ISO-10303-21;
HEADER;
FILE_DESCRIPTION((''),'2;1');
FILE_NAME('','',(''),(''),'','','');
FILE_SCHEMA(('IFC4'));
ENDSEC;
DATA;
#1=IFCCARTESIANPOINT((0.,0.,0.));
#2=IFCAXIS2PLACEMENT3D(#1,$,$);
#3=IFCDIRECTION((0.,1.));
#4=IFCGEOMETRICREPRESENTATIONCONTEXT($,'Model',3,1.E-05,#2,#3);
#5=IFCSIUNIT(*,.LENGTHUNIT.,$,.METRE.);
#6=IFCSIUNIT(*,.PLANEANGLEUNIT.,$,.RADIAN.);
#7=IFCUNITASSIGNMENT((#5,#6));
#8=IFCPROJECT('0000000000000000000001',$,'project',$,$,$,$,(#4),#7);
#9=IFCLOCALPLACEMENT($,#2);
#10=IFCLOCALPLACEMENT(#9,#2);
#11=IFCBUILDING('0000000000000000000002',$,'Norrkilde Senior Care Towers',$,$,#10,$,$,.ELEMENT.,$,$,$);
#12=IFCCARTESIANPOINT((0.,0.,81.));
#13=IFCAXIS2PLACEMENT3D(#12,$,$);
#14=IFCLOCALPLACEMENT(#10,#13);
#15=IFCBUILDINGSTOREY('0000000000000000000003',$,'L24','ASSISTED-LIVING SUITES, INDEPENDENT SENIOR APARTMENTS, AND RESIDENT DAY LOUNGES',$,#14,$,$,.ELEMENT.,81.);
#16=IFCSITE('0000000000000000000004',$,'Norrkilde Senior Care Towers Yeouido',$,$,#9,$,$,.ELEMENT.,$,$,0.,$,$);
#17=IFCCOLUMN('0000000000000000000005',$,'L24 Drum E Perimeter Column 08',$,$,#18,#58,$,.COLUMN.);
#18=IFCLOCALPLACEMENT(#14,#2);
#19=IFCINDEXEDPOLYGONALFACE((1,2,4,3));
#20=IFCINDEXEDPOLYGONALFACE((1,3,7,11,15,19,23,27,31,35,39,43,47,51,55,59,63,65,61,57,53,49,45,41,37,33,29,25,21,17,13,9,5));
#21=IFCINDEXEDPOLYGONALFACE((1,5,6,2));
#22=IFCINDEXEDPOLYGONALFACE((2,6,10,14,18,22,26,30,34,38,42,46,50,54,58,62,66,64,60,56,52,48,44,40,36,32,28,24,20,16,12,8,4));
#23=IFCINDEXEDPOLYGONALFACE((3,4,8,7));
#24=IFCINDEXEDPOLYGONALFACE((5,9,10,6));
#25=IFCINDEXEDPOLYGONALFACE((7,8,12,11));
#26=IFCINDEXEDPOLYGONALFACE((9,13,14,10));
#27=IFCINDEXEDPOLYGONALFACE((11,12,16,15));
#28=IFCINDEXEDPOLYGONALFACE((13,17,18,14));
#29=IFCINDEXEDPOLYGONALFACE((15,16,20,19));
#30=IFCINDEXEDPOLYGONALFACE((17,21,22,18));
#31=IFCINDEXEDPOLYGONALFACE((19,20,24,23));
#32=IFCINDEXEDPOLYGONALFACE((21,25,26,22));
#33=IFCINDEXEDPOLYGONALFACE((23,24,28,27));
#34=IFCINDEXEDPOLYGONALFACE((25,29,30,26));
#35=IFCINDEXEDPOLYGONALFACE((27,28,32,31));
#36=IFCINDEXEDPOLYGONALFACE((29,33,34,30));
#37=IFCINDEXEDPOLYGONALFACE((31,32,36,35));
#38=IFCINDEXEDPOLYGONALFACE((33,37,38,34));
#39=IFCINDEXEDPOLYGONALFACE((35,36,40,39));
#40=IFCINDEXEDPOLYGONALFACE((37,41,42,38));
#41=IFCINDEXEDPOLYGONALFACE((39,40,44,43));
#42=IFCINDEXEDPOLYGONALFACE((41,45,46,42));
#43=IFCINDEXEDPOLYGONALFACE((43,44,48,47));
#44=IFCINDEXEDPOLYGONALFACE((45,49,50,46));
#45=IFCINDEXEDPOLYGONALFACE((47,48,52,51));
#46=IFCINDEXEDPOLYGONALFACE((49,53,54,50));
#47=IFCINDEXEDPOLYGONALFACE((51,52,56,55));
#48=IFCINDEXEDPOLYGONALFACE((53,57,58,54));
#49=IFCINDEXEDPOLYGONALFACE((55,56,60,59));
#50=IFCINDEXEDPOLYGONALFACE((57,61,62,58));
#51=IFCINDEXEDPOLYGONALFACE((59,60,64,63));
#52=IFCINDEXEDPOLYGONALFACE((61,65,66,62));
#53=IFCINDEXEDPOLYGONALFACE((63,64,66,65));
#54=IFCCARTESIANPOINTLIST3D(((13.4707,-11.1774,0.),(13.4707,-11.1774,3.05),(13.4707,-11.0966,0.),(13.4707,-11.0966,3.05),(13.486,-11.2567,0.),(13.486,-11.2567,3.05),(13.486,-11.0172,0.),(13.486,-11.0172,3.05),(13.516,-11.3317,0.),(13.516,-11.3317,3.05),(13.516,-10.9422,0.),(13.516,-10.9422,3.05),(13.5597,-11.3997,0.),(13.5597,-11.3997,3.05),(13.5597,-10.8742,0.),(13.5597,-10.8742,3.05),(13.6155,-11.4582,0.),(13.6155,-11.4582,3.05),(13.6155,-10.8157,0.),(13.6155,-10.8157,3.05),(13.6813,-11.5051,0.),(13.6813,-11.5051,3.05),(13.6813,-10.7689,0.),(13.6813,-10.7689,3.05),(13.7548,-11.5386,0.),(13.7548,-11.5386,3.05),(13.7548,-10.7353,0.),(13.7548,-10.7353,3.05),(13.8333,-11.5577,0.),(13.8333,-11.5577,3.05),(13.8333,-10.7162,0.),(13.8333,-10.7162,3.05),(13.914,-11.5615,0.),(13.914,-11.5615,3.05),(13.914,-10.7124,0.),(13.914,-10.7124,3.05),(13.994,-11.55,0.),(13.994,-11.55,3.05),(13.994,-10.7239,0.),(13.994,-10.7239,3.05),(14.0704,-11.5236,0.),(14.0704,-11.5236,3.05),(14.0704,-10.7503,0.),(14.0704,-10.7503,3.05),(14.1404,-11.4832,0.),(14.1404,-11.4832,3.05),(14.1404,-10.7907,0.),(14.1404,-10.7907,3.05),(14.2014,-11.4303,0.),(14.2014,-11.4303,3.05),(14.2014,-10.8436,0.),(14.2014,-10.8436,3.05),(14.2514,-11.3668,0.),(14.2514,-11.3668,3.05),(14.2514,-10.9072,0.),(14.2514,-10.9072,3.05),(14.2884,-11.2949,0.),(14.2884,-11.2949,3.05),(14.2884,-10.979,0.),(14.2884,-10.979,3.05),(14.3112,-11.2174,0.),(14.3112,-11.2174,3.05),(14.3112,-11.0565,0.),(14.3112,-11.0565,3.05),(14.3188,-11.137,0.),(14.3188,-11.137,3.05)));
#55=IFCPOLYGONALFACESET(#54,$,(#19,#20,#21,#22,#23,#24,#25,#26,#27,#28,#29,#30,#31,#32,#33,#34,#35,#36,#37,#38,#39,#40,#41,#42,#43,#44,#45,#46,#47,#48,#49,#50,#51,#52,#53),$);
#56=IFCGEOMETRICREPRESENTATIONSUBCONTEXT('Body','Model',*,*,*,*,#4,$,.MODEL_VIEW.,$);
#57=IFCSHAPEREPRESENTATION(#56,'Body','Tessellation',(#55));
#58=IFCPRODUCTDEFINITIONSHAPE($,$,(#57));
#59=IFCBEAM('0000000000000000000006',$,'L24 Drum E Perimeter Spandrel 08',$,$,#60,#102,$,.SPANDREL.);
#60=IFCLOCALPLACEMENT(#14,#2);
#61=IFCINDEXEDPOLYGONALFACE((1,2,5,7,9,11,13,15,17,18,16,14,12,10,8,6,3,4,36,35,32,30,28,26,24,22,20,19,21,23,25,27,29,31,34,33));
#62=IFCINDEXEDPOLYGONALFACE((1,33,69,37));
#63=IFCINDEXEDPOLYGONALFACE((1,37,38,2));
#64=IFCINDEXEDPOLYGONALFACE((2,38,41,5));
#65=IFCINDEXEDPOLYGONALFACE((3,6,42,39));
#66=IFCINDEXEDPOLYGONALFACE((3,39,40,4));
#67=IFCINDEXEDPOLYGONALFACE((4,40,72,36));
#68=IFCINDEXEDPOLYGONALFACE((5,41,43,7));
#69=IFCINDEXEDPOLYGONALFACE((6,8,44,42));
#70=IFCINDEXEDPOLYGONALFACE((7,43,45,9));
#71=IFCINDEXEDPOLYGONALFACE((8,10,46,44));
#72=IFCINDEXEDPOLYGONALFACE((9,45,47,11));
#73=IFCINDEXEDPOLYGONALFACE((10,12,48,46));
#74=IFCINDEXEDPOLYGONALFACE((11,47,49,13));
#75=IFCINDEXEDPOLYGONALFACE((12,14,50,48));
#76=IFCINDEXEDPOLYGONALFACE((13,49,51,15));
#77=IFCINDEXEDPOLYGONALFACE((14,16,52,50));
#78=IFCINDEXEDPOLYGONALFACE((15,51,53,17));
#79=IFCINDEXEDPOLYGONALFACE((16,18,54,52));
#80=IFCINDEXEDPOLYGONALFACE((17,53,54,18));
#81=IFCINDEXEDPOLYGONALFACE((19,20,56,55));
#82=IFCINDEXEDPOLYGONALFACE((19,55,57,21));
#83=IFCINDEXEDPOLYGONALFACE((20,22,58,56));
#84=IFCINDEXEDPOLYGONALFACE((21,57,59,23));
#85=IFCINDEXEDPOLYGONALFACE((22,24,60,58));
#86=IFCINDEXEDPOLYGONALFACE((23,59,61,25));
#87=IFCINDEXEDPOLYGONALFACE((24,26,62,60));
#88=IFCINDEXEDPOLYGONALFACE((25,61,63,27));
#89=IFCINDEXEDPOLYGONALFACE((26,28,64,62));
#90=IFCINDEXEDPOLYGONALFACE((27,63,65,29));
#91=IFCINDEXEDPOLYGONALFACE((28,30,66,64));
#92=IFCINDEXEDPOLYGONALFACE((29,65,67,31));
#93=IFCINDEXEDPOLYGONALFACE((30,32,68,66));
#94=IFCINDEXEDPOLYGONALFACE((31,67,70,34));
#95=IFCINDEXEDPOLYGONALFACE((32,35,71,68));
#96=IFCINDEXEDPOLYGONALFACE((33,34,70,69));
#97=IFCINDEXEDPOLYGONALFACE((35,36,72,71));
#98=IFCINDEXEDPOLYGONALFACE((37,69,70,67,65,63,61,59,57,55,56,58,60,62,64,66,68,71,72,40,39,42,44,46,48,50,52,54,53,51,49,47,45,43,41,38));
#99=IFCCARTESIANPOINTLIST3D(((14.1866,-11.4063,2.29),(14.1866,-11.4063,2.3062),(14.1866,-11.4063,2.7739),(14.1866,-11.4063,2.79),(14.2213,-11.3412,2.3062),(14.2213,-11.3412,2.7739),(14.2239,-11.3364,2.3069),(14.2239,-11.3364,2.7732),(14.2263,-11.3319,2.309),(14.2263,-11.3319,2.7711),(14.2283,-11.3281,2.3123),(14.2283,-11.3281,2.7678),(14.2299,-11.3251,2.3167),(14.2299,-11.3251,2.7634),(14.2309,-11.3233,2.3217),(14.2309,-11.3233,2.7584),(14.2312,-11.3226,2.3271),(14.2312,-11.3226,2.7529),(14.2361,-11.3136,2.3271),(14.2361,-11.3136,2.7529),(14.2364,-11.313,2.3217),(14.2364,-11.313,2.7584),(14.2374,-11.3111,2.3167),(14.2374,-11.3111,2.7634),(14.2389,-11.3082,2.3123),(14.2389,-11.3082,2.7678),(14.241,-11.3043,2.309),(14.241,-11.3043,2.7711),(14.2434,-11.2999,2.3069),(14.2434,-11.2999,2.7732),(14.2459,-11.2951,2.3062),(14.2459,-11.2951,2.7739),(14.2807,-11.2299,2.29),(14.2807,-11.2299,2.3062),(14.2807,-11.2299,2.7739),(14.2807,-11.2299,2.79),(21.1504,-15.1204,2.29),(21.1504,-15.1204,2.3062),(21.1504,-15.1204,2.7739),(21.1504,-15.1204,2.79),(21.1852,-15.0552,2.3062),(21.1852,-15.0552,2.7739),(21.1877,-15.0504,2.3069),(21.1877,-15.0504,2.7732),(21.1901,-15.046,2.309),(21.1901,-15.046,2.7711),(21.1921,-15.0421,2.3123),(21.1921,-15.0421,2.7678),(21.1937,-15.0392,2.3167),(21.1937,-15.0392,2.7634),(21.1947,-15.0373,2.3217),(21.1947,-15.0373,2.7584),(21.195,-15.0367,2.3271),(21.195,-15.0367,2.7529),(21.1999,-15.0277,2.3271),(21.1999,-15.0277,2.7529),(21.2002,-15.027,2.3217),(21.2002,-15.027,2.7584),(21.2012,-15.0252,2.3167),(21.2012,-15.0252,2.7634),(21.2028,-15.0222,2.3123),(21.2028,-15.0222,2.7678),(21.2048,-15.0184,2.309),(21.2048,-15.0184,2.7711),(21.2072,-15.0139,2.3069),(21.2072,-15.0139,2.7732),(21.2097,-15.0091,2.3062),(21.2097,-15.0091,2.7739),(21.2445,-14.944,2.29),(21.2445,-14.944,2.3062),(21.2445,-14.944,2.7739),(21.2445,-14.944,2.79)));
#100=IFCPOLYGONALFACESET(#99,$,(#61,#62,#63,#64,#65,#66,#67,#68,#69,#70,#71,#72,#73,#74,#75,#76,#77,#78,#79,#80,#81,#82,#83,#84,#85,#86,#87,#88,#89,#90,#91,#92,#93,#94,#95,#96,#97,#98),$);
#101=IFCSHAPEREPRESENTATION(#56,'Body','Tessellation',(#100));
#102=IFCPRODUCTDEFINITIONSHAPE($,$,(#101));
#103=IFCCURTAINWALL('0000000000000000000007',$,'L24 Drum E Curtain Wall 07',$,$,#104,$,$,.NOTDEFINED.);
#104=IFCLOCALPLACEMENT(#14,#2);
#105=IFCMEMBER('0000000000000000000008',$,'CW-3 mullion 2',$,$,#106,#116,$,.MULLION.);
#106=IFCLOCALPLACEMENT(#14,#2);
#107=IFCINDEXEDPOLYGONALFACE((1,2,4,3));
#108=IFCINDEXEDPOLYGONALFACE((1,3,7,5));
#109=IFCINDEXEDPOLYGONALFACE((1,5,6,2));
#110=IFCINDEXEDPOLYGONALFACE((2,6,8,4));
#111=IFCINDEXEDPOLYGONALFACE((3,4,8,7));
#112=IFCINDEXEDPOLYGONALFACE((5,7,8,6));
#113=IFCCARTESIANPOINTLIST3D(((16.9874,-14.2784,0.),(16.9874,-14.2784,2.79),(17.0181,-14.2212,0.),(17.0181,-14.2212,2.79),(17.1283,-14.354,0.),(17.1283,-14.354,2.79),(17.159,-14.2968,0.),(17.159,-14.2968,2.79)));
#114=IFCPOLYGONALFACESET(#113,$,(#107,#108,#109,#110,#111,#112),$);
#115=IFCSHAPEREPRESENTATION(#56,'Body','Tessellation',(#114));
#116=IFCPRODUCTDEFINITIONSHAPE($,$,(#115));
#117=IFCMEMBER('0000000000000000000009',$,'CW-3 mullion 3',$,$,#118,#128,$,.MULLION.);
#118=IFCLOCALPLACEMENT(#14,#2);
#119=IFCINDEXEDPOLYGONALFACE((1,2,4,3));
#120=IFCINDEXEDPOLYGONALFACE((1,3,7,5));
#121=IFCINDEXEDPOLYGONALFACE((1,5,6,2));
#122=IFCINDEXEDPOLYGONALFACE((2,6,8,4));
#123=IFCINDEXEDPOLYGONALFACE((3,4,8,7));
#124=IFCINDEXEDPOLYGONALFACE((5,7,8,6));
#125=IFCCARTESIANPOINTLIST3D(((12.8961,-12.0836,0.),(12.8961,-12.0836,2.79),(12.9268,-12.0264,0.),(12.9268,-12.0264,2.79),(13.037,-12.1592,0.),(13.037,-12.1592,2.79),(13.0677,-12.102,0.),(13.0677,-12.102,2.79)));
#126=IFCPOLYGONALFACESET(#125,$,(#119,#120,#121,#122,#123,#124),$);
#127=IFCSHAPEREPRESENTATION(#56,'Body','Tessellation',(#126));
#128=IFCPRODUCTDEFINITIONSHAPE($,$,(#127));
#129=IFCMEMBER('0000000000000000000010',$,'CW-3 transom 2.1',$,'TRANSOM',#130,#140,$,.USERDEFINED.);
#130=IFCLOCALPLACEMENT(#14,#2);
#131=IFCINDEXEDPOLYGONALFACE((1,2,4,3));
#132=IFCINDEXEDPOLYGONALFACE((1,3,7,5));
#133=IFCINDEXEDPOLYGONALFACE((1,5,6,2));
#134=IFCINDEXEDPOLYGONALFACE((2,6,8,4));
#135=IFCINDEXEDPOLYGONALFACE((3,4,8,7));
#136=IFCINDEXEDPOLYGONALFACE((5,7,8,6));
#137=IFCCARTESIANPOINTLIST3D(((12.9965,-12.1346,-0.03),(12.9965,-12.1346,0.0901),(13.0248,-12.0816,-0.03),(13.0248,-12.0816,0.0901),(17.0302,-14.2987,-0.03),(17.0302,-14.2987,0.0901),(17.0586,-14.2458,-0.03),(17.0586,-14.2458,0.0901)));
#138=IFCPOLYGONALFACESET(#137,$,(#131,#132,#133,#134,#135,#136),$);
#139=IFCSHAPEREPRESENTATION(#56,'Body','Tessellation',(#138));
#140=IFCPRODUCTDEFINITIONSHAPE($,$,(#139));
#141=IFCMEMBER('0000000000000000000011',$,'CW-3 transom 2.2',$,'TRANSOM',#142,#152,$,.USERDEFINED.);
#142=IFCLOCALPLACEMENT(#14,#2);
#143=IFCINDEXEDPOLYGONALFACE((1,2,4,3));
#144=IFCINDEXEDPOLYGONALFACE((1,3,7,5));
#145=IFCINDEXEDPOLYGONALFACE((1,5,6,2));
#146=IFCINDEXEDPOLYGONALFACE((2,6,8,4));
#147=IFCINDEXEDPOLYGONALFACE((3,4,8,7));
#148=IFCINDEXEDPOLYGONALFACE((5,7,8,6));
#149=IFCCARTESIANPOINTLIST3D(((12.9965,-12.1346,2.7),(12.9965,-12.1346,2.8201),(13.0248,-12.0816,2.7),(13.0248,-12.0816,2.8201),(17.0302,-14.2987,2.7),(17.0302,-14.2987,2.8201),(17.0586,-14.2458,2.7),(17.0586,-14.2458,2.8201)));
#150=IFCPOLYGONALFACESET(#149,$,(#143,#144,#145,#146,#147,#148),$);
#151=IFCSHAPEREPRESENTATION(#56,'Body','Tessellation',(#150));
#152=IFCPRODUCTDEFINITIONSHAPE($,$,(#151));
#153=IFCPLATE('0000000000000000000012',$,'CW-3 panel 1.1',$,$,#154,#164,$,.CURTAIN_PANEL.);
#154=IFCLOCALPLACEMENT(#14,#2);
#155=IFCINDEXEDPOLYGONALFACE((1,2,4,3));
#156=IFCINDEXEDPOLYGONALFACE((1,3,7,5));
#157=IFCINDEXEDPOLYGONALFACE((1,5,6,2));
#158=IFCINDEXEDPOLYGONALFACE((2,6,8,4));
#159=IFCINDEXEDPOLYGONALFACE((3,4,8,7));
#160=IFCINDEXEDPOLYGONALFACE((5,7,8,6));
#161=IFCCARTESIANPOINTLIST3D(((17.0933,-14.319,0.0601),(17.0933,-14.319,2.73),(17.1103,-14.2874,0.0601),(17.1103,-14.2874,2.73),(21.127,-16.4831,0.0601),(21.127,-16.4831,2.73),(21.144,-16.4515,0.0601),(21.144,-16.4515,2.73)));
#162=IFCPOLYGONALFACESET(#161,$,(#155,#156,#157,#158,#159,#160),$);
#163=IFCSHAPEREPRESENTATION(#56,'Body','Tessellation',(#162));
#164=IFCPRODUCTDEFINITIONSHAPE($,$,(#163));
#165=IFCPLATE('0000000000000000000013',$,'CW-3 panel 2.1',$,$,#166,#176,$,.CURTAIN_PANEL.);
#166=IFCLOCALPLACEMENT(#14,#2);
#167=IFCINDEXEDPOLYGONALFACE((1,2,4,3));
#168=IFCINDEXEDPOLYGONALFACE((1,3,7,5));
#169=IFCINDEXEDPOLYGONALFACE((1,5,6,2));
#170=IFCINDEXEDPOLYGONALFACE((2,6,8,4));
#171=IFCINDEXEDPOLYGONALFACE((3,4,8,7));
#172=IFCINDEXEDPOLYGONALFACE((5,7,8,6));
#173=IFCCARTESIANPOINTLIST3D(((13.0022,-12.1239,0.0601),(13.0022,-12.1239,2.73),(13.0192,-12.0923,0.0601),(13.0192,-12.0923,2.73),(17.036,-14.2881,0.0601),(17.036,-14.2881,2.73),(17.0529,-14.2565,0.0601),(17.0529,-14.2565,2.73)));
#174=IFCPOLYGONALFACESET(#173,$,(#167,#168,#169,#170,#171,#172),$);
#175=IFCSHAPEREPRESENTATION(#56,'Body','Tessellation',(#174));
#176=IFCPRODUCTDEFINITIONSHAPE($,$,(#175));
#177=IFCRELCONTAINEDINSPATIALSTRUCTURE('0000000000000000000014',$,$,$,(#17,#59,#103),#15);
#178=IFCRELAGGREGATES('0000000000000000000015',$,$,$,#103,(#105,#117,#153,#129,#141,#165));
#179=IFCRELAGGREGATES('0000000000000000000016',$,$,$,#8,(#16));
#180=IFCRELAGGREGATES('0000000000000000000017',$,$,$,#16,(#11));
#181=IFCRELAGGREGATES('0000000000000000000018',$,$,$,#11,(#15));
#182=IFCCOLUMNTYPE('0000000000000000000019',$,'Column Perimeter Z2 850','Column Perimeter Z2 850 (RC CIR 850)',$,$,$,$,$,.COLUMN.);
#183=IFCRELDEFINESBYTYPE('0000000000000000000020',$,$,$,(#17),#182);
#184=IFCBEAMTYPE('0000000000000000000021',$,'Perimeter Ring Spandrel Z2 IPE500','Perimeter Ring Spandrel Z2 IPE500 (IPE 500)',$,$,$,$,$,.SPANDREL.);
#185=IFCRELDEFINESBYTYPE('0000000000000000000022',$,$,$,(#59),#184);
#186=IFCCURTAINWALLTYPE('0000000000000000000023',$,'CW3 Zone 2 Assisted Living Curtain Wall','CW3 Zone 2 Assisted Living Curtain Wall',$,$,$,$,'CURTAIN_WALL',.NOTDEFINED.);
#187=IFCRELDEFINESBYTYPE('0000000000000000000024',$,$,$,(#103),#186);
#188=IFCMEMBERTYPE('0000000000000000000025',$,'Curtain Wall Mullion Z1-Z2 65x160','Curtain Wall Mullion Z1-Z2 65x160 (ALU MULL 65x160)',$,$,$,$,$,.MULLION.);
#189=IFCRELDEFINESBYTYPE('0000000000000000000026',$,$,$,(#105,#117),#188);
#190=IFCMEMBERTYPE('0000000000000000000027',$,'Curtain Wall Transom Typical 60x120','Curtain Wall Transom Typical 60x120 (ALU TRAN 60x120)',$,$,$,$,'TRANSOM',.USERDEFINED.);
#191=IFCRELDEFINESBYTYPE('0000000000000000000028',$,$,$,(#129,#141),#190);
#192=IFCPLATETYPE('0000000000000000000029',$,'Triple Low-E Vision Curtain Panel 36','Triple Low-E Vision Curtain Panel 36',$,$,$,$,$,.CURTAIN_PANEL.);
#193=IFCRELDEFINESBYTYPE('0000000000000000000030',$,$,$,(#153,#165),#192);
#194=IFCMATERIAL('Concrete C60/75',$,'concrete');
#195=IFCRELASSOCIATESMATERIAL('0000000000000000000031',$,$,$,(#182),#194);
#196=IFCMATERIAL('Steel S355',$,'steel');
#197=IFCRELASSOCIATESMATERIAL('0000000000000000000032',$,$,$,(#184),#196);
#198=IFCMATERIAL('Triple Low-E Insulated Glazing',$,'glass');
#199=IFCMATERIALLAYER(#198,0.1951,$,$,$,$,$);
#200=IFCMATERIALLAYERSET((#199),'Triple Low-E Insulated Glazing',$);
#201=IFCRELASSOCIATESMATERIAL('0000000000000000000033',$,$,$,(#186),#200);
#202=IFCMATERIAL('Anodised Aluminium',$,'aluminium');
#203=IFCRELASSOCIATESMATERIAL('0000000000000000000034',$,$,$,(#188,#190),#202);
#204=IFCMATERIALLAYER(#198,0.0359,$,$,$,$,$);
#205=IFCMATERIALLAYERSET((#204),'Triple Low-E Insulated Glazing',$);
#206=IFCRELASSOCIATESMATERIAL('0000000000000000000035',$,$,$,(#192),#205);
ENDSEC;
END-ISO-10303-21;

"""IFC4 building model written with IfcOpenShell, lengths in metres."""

from ifc_helpers import new_model, si_unit, direction, frame, origin, origin_2d, place, context, subcontext, project, spatial, rectangle, circle, i_section, extrude, source, transform, mapped, material, layer, layer_set, material_profile, profile_set, type_object, type_shapes, element, aggregate, save


model = new_model("IFC4")

# Units and contexts
model_context = context("Model", 3, precision=1e-05, world=origin(), true_north=direction((0.0, 1.0)))
body_context = subcontext(model_context, "Body", "Model", "MODEL_VIEW")
ifc_project = project(units=[si_unit("LENGTHUNIT", "METRE"), si_unit("PLANEANGLEUNIT", "RADIAN")], contexts=[model_context])

# Site, building, storey
site_placement = place(None, origin())
site = spatial("IfcSite", under=ifc_project, at=site_placement, Name="Norrkilde Senior Care Towers Yeouido", CompositionType="ELEMENT", RefElevation=0.0)
building_placement = place(site_placement, origin())
building = spatial("IfcBuilding", under=site, at=building_placement, Name="Norrkilde Senior Care Towers", CompositionType="ELEMENT")
storey_placement = place(building_placement, frame((0.0, 0.0, 81.0)))
storey = spatial("IfcBuildingStorey", under=building, at=storey_placement, Name="L24", Description="ASSISTED-LIVING SUITES, INDEPENDENT SENIOR APARTMENTS, AND RESIDENT DAY LOUNGES", CompositionType="ELEMENT", Elevation=81.0)

# Column
ifc_material_1 = material(Name="Concrete C60/75", Category="concrete")
ifc_material_profile_1 = material_profile(ifc_material_1, circle(Radius=0.425, at=origin_2d()), Name="RC CIR 850")
ifc_profile_set_1 = profile_set([ifc_material_profile_1], Name="Concrete C60/75")
column_type = type_object("IfcColumnType", Name="Column Perimeter Z2 850", Description="Column Perimeter Z2 850 (RC CIR 850)", PredefinedType="COLUMN", material=ifc_profile_set_1)
shared_shape_1 = source(origin(), body_context, "Body", "SweptSolid", [
    extrude(circle(Radius=0.425, at=origin_2d()), origin(), (0.0, 0.0, 1.0), 3.05),
])
type_shapes(column_type, [shared_shape_1])
column_placement = place(storey_placement, frame((13.8938, -11.137, 0.0), z_axis=(0.0, 0.0, 1.0), x_axis=(1.0, 0.0, 0.0)))
element("IfcColumn", 1, at=column_placement, inside=storey, type_object=column_type, Name="L24 Drum E Perimeter Column 08", PredefinedType="COLUMN", context=body_context, shape_type="MappedRepresentation", body=[
    mapped(shared_shape_1, transform((0.0, 0.0, 0.0), x_axis=(1.0, 0.0, 0.0), y_axis=(0.0, 1.0, 0.0), z_axis=(0.0, 0.0, 1.0), scale=1.0)),
])

# Beam
ifc_material_2 = material(Name="Steel S355", Category="steel")
ifc_material_profile_2 = material_profile(ifc_material_2, i_section(OverallWidth=0.2, OverallDepth=0.5, WebThickness=0.0103, FlangeThickness=0.0161, FilletRadius=0.021, at=origin_2d()), Name="IPE 500")
ifc_profile_set_2 = profile_set([ifc_material_profile_2], Name="Steel S355")
beam_type = type_object("IfcBeamType", Name="Perimeter Ring Spandrel Z2 IPE500", Description="Perimeter Ring Spandrel Z2 IPE500 (IPE 500)", PredefinedType="SPANDREL", material=ifc_profile_set_2)
shared_shape_2 = source(origin(), body_context, "Body", "SweptSolid", [
    extrude(i_section(OverallWidth=0.2, OverallDepth=0.5, WebThickness=0.0103, FlangeThickness=0.0161, FilletRadius=0.021, at=origin_2d()), origin(), (0.0, 0.0, 1.0), 7.8923),
])
type_shapes(beam_type, [shared_shape_2])
beam_placement = place(storey_placement, frame((14.2336, -11.3181, 2.54), z_axis=(0.88235, -0.470593, 0.0), x_axis=(0.470593, 0.88235, 0.0)))
element("IfcBeam", 2, at=beam_placement, inside=storey, type_object=beam_type, Name="L24 Drum E Perimeter Spandrel 08", PredefinedType="SPANDREL", context=body_context, shape_type="MappedRepresentation", body=[
    mapped(shared_shape_2, transform((0.0, 0.0, 0.0), x_axis=(1.0, 0.0, 0.0), y_axis=(0.0, 1.0, 0.0), z_axis=(0.0, 0.0, 1.0), scale=1.0)),
])

# Curtain wall, members, plates
ifc_material_3 = material(Name="Triple Low-E Insulated Glazing", Category="glass")
ifc_layer_1 = layer(ifc_material_3, 0.1951)
ifc_layer_set_1 = layer_set([ifc_layer_1], Name="Triple Low-E Insulated Glazing")
curtain_wall_type = type_object("IfcCurtainWallType", Name="CW3 Zone 2 Assisted Living Curtain Wall", Description="CW3 Zone 2 Assisted Living Curtain Wall", ElementType="CURTAIN_WALL", PredefinedType="NOTDEFINED", material=ifc_layer_set_1)
curtain_wall_placement = place(storey_placement, origin())
curtain_wall = element("IfcCurtainWall", 3, at=curtain_wall_placement, inside=storey, type_object=curtain_wall_type, Name="L24 Drum E Curtain Wall 07", PredefinedType="NOTDEFINED")
ifc_material_4 = material(Name="Anodised Aluminium", Category="aluminium")
ifc_material_profile_3 = material_profile(ifc_material_4, rectangle(XDim=0.0649, YDim=0.1599, at=origin_2d()), Name="ALU MULL 65x160")
ifc_profile_set_3 = profile_set([ifc_material_profile_3], Name="Anodised Aluminium")
member_type_1 = type_object("IfcMemberType", Name="Curtain Wall Mullion Z1-Z2 65x160", Description="Curtain Wall Mullion Z1-Z2 65x160 (ALU MULL 65x160)", PredefinedType="MULLION", material=ifc_profile_set_3)
shared_shape_3 = source(origin(), body_context, "Body", "SweptSolid", [
    extrude(rectangle(XDim=0.0649, YDim=0.1599, at=origin_2d()), origin(), (0.0, 0.0, 1.0), 2.79),
])
type_shapes(member_type_1, [shared_shape_3])
member_1_placement = place(storey_placement, frame((17.0732, -14.2876, 0.0), z_axis=(0.0, 0.0, 1.0), x_axis=(-0.472769, -0.881186, 0.0)))
member_1 = element("IfcMember", 4, at=member_1_placement, type_object=member_type_1, Name="CW-3 mullion 2", PredefinedType="MULLION", context=body_context, shape_type="MappedRepresentation", body=[
    mapped(shared_shape_3, transform((0.0, 0.0, 0.0), x_axis=(1.0, 0.0, 0.0), y_axis=(0.0, 1.0, 0.0), z_axis=(0.0, 0.0, 1.0), scale=1.0)),
])
member_2_placement = place(storey_placement, frame((12.9819, -12.0928, 0.0), z_axis=(0.0, 0.0, 1.0), x_axis=(-0.472769, -0.881186, 0.0)))
member_2 = element("IfcMember", 5, at=member_2_placement, type_object=member_type_1, Name="CW-3 mullion 3", PredefinedType="MULLION", context=body_context, shape_type="MappedRepresentation", body=[
    mapped(shared_shape_3, transform((0.0, 0.0, 0.0), x_axis=(1.0, 0.0, 0.0), y_axis=(0.0, 1.0, 0.0), z_axis=(0.0, 0.0, 1.0), scale=1.0)),
])
ifc_material_profile_4 = material_profile(ifc_material_4, rectangle(XDim=0.0601, YDim=0.1201, at=origin_2d()), Name="ALU TRAN 60x120")
ifc_profile_set_4 = profile_set([ifc_material_profile_4], Name="Anodised Aluminium")
member_type_2 = type_object("IfcMemberType", Name="Curtain Wall Transom Typical 60x120", Description="Curtain Wall Transom Typical 60x120 (ALU TRAN 60x120)", ElementType="TRANSOM", PredefinedType="USERDEFINED", material=ifc_profile_set_4)
shared_shape_4 = source(origin(), body_context, "Body", "SweptSolid", [
    extrude(rectangle(XDim=0.0601, YDim=0.1201, at=origin_2d()), origin(), (0.0, 0.0, 1.0), 4.5776),
])
type_shapes(member_type_2, [shared_shape_4])
member_3_placement = place(storey_placement, frame((17.0444, -14.2722, 0.03), z_axis=(-0.881193, 0.472757, 0.0), x_axis=(-0.472757, -0.881193, 0.0)))
member_3 = element("IfcMember", 6, at=member_3_placement, type_object=member_type_2, Name="CW-3 transom 2.1", ObjectType="TRANSOM", PredefinedType="USERDEFINED", context=body_context, shape_type="MappedRepresentation", body=[
    mapped(shared_shape_4, transform((0.0, 0.0, 0.0), x_axis=(1.0, 0.0, 0.0), y_axis=(0.0, 1.0, 0.0), z_axis=(0.0, 0.0, 1.0), scale=1.0)),
])
member_4_placement = place(storey_placement, frame((17.0444, -14.2722, 2.76), z_axis=(-0.881193, 0.472757, 0.0), x_axis=(-0.472757, -0.881193, 0.0)))
member_4 = element("IfcMember", 7, at=member_4_placement, type_object=member_type_2, Name="CW-3 transom 2.2", ObjectType="TRANSOM", PredefinedType="USERDEFINED", context=body_context, shape_type="MappedRepresentation", body=[
    mapped(shared_shape_4, transform((0.0, 0.0, 0.0), x_axis=(1.0, 0.0, 0.0), y_axis=(0.0, 1.0, 0.0), z_axis=(0.0, 0.0, 1.0), scale=1.0)),
])
ifc_layer_2 = layer(ifc_material_3, 0.0359)
ifc_layer_set_2 = layer_set([ifc_layer_2], Name="Triple Low-E Insulated Glazing")
plate_type = type_object("IfcPlateType", Name="Triple Low-E Vision Curtain Panel 36", Description="Triple Low-E Vision Curtain Panel 36", PredefinedType="CURTAIN_PANEL", material=ifc_layer_set_2)
shared_shape_5 = source(origin(), body_context, "Body", "SweptSolid", [
    extrude(rectangle(XDim=4.5776, YDim=0.0359, at=origin_2d()), origin(), (0.0, 0.0, 1.0), 2.6699),
])
type_shapes(plate_type, [shared_shape_5])
plate_1_placement = place(storey_placement, frame((19.1187, -15.3853, 0.0601), z_axis=(0.0, 0.0, 1.0), x_axis=(-0.881186, 0.472769, 0.0)))
plate_1 = element("IfcPlate", 8, at=plate_1_placement, type_object=plate_type, Name="CW-3 panel 1.1", PredefinedType="CURTAIN_PANEL", context=body_context, shape_type="MappedRepresentation", body=[
    mapped(shared_shape_5, transform((0.0, 0.0, 0.0), x_axis=(1.0, 0.0, 0.0), y_axis=(0.0, 1.0, 0.0), z_axis=(0.0, 0.0, 1.0), scale=1.0)),
])
plate_2_placement = place(storey_placement, frame((15.0276, -13.1902, 0.0601), z_axis=(0.0, 0.0, 1.0), x_axis=(-0.881186, 0.472769, 0.0)))
plate_2 = element("IfcPlate", 9, at=plate_2_placement, type_object=plate_type, Name="CW-3 panel 2.1", PredefinedType="CURTAIN_PANEL", context=body_context, shape_type="MappedRepresentation", body=[
    mapped(shared_shape_5, transform((0.0, 0.0, 0.0), x_axis=(1.0, 0.0, 0.0), y_axis=(0.0, 1.0, 0.0), z_axis=(0.0, 0.0, 1.0), scale=1.0)),
])
aggregate(curtain_wall, [member_1, member_2, plate_1, member_3, member_4, plate_2])

save(model, "model.ifc")
